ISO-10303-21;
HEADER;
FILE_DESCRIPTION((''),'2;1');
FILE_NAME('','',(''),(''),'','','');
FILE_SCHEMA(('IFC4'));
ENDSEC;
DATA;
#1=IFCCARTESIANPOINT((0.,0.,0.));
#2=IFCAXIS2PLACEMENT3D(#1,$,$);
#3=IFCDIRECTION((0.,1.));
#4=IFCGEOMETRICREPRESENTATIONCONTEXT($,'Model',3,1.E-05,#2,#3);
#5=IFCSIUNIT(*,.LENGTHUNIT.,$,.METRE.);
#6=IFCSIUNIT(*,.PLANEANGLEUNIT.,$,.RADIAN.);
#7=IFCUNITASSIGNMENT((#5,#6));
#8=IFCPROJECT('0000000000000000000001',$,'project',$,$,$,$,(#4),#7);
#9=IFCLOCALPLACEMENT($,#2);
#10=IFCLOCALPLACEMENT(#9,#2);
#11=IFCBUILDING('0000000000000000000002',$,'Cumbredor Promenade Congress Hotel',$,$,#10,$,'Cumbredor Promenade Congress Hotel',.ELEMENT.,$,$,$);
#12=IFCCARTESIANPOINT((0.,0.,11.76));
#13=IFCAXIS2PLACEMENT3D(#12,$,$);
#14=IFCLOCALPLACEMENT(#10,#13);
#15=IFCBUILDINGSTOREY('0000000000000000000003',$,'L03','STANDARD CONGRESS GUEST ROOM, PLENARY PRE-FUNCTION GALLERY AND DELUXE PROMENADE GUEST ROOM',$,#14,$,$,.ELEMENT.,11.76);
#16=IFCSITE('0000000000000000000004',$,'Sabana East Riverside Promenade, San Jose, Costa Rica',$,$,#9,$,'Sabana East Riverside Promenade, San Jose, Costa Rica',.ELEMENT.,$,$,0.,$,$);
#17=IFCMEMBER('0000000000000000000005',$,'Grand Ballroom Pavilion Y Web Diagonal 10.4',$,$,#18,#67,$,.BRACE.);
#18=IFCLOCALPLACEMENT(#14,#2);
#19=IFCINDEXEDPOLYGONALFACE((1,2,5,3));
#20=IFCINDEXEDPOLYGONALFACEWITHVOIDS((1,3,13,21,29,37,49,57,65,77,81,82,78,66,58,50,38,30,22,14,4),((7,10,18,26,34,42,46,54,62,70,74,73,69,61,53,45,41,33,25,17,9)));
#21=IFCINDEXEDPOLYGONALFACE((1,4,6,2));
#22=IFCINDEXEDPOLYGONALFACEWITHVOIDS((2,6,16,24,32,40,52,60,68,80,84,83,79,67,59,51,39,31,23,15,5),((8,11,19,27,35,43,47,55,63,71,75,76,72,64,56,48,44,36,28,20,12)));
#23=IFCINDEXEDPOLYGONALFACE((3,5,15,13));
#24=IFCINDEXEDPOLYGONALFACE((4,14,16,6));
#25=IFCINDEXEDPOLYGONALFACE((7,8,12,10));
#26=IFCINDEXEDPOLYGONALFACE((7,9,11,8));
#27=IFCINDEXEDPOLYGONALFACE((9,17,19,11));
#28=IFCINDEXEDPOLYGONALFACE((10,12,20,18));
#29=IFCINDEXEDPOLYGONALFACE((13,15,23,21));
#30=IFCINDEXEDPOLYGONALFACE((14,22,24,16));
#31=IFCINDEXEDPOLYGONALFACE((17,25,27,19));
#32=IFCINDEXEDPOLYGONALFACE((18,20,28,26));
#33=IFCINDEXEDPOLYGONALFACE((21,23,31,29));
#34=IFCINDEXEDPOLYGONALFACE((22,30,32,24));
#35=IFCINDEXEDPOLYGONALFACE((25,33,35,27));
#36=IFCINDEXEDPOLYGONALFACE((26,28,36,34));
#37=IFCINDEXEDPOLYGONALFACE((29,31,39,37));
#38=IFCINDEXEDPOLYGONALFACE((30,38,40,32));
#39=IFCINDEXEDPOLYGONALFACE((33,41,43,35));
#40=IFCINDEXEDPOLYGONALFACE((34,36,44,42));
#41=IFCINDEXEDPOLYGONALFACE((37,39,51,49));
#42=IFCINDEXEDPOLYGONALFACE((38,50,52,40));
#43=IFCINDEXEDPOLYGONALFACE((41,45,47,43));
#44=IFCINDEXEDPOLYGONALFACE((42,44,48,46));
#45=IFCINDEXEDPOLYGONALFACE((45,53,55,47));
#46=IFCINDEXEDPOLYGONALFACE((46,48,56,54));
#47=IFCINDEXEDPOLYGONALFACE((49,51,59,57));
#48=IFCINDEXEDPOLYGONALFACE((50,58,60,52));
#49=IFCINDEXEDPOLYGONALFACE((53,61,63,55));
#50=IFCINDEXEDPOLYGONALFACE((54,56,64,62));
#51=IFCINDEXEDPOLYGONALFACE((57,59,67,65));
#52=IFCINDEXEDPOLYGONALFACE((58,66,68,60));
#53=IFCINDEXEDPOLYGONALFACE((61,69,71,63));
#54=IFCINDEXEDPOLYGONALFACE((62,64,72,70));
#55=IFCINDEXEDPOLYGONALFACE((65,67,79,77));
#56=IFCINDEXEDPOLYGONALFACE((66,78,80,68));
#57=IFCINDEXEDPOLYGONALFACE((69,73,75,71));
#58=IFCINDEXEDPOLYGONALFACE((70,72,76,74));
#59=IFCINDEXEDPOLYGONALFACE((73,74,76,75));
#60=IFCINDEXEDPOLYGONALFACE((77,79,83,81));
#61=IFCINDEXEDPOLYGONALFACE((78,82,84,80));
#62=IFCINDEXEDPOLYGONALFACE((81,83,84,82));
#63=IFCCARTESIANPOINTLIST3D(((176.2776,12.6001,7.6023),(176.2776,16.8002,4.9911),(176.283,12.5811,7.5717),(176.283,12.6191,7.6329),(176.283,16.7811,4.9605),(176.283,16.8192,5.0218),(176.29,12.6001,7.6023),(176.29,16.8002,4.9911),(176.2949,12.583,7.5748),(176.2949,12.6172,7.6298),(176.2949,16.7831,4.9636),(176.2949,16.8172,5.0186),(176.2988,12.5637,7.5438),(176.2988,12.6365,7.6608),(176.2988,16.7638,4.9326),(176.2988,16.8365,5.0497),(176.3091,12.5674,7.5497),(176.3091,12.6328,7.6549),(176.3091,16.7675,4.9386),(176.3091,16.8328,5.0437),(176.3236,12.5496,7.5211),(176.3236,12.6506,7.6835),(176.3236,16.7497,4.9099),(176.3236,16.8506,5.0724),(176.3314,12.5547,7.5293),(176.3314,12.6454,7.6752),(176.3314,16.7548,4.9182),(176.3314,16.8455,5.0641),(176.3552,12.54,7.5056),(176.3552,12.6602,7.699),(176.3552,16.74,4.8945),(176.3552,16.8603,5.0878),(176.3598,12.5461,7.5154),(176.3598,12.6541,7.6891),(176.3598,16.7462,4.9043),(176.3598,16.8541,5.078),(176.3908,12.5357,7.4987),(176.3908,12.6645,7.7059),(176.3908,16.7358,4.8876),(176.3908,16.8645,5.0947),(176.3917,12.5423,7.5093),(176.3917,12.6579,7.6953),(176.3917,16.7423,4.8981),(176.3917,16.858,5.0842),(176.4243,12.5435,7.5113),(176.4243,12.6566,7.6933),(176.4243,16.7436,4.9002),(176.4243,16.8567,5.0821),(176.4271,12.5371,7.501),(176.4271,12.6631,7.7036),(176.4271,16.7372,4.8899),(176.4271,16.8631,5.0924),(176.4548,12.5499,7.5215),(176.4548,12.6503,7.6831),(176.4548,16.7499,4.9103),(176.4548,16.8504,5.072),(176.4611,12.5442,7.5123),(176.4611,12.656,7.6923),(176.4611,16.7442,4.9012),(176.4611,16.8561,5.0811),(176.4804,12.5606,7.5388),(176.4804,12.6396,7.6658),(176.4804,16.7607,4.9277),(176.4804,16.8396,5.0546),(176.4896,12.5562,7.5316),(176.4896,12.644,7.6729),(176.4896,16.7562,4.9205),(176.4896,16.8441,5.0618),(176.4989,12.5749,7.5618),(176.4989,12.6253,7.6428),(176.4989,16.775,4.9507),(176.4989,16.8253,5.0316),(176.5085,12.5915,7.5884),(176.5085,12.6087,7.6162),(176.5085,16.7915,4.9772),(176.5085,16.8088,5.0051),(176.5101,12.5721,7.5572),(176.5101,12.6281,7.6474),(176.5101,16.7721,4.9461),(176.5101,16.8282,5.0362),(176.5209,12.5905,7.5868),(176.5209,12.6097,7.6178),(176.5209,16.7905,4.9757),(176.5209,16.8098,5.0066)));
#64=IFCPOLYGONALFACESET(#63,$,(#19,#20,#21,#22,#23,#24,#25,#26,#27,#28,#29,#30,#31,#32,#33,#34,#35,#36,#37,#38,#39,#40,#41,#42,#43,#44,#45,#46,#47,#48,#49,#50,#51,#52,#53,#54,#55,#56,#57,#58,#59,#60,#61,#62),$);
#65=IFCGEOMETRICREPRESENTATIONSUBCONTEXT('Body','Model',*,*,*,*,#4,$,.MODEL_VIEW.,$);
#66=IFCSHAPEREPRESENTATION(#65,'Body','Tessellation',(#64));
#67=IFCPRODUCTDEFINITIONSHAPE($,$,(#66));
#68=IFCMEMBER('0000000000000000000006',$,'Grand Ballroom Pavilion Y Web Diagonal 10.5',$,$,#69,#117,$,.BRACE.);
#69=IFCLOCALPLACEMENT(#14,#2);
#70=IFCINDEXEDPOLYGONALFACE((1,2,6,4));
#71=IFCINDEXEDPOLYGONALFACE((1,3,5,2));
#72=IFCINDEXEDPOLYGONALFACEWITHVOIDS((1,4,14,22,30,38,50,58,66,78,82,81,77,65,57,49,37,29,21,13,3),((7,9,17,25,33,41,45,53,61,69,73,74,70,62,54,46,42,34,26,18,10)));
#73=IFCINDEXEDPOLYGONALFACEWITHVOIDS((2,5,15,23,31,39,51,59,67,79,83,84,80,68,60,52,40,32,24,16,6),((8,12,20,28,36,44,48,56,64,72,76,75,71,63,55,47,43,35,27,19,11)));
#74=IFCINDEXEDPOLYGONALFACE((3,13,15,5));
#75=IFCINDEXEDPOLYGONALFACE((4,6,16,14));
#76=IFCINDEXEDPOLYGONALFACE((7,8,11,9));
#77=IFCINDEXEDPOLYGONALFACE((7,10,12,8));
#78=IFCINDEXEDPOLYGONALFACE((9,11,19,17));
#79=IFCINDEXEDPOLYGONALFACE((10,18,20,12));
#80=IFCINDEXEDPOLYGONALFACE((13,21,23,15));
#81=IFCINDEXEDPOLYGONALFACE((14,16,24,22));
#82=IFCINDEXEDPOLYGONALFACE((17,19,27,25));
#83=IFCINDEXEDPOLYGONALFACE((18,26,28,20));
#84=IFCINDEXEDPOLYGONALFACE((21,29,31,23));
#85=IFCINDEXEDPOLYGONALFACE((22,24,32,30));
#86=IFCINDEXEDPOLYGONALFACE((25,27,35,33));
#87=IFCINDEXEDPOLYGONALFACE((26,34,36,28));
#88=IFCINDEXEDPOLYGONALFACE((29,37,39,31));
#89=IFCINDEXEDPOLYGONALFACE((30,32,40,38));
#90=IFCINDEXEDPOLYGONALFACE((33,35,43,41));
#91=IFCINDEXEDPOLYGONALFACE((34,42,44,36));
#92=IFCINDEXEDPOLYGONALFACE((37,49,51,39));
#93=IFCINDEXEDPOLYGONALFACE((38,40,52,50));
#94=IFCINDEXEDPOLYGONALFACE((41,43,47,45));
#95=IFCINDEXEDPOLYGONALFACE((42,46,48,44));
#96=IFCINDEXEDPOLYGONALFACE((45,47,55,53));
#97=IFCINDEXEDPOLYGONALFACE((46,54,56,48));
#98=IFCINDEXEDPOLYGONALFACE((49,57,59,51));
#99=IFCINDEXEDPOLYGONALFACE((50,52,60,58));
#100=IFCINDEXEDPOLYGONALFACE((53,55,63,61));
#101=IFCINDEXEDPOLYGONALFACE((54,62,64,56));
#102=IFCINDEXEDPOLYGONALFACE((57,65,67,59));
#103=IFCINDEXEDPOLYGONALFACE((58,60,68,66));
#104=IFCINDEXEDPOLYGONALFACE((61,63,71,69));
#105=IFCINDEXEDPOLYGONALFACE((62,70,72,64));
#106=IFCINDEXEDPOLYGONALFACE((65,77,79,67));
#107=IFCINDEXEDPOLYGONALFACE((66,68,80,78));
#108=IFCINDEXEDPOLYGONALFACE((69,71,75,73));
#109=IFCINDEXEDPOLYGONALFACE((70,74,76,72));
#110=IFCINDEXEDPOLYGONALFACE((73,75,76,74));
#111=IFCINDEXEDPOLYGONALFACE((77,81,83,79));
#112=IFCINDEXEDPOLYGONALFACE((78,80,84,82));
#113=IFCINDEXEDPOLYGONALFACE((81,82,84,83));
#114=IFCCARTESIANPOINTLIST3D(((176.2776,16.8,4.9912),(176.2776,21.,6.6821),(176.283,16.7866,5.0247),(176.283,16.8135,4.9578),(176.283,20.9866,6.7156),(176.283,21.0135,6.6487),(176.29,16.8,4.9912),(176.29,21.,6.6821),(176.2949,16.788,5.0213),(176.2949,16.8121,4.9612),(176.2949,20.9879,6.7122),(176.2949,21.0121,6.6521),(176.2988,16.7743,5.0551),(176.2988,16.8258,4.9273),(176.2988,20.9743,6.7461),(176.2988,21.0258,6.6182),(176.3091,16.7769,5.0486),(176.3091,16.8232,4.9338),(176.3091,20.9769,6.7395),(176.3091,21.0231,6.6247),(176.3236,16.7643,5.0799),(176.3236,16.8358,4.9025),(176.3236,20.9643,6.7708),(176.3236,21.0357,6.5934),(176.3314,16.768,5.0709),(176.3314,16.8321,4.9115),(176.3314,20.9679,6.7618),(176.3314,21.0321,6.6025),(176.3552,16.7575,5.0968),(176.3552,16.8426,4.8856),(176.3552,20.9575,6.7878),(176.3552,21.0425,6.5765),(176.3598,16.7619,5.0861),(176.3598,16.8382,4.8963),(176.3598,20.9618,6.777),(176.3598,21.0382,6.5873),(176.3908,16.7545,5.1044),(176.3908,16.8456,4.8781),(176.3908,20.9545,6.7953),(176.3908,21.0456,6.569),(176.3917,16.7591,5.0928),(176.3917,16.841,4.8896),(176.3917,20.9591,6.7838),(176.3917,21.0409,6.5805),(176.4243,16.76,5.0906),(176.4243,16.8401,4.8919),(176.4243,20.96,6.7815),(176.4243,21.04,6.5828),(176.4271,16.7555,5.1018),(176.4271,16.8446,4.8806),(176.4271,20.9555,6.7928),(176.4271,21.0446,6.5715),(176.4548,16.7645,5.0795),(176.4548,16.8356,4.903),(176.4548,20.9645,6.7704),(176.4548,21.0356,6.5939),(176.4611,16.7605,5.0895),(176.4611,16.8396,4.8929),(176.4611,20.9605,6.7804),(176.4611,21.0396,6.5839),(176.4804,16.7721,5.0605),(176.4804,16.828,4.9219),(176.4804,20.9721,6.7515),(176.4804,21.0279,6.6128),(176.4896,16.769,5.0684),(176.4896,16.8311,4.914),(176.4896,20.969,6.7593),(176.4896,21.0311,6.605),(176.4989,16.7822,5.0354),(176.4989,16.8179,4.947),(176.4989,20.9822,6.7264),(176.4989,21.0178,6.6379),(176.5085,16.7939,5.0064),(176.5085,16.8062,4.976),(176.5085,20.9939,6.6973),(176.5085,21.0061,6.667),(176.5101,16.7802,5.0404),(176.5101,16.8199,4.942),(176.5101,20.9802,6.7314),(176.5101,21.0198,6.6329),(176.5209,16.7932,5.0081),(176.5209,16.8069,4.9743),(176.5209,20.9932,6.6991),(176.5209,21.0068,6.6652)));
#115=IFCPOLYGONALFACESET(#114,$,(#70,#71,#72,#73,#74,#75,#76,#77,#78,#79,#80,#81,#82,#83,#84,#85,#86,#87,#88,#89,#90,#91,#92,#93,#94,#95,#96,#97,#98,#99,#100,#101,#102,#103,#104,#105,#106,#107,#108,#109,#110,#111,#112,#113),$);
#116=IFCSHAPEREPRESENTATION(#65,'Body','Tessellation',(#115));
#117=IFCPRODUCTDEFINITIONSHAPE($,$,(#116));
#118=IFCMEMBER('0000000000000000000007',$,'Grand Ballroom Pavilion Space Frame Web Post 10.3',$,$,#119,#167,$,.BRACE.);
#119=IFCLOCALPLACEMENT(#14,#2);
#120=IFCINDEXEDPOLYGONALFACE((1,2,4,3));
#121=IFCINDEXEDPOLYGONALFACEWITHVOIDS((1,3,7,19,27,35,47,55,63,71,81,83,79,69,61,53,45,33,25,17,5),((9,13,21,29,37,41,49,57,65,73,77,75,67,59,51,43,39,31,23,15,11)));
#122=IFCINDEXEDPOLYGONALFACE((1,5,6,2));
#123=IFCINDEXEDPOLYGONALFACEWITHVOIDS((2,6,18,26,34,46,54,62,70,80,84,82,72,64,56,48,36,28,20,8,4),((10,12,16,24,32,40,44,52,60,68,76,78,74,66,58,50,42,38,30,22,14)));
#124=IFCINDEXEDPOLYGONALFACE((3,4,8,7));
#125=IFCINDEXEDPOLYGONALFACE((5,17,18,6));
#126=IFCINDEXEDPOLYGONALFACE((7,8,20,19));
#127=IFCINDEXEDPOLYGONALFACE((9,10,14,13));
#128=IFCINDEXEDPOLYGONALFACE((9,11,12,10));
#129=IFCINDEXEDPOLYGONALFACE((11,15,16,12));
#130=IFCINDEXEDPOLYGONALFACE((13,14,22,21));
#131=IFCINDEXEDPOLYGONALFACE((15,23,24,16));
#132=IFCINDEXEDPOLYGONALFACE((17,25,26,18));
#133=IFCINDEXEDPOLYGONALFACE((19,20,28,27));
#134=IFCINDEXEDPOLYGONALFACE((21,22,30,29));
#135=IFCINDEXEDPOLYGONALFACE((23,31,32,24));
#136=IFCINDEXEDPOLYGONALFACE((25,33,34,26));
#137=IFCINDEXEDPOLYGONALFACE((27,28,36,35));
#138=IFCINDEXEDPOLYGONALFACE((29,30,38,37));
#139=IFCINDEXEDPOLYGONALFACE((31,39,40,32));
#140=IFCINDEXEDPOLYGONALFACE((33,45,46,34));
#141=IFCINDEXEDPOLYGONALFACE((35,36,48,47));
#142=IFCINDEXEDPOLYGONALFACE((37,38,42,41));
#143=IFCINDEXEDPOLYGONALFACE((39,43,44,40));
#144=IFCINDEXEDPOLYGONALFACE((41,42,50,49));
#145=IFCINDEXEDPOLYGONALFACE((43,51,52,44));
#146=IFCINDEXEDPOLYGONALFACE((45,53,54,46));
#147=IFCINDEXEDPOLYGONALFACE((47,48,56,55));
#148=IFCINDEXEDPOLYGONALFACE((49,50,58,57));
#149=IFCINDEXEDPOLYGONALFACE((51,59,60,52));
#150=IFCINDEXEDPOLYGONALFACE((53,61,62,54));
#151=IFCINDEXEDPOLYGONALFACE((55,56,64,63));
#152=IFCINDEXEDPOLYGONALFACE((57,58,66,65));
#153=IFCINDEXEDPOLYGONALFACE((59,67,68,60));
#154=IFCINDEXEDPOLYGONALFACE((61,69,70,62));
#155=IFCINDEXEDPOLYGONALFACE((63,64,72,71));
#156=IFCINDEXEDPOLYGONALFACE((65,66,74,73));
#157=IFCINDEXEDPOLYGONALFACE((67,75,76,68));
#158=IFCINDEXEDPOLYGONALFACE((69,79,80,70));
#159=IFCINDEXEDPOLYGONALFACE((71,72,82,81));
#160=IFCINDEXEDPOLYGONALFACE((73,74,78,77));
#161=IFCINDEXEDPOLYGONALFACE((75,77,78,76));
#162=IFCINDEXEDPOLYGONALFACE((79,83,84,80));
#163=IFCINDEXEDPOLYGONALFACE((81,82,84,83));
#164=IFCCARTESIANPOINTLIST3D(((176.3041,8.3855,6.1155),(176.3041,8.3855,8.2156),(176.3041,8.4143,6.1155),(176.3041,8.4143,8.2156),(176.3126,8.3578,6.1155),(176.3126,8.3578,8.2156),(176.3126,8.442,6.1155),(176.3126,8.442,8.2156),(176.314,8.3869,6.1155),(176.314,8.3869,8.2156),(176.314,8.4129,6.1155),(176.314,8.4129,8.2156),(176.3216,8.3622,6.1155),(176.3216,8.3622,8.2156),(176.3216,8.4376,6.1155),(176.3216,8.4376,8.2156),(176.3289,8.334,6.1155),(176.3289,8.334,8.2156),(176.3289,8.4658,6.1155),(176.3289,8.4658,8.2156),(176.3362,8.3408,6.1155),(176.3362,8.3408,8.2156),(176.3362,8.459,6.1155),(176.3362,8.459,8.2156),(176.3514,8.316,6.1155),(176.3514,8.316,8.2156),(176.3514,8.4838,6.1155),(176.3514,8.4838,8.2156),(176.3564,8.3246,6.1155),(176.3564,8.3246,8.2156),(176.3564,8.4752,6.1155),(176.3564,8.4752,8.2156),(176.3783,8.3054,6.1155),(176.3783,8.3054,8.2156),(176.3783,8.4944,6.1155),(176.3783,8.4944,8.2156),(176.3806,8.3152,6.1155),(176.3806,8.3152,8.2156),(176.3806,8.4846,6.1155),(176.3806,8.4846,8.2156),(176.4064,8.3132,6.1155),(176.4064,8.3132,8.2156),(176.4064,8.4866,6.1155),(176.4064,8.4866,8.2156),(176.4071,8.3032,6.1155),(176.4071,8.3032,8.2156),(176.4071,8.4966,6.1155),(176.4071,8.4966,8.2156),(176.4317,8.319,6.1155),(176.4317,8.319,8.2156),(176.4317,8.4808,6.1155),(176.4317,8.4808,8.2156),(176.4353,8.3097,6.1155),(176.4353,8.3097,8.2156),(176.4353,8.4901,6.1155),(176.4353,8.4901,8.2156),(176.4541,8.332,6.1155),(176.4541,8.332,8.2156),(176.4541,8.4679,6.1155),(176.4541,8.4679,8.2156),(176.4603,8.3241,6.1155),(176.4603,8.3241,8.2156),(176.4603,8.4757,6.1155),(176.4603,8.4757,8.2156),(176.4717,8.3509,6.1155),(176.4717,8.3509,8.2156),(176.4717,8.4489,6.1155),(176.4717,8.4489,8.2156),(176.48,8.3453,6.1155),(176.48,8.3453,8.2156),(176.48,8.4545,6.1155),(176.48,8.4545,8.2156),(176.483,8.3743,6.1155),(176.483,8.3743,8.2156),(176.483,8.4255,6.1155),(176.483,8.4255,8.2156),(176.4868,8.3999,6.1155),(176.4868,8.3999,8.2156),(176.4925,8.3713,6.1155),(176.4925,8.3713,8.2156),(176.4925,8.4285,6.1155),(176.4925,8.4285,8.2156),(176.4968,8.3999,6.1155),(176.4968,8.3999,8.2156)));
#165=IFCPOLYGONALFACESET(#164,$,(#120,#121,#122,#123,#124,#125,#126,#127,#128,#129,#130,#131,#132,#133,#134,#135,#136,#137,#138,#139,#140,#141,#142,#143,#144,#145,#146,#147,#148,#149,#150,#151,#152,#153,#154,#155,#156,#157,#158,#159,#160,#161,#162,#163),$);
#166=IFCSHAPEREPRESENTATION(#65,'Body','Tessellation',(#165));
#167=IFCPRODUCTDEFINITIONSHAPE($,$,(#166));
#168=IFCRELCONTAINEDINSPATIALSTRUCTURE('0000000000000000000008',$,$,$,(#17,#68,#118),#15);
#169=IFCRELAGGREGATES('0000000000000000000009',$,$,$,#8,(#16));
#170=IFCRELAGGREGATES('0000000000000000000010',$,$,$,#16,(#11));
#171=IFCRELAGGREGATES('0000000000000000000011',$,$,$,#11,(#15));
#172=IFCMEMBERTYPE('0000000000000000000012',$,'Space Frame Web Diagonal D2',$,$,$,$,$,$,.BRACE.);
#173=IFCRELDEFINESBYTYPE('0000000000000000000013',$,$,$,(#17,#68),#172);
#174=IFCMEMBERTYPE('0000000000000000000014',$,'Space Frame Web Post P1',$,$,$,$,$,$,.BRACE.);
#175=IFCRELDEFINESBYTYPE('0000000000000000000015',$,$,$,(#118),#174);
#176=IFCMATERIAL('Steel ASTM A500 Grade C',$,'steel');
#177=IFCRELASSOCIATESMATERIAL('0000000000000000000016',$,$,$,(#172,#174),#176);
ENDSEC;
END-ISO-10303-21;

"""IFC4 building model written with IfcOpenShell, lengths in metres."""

from ifc_helpers import new_model, si_unit, direction, frame, origin, origin_2d, place, context, subcontext, project, spatial, hollow_circle, extrude, material, material_profile, profile_set, type_object, element, save


model = new_model("IFC4")

# Units and contexts
model_context = context("Model", 3, precision=1e-05, world=origin(), true_north=direction((0.0, 1.0)))
body_context = subcontext(model_context, "Body", "Model", "MODEL_VIEW")
ifc_project = project(units=[si_unit("LENGTHUNIT", "METRE"), si_unit("PLANEANGLEUNIT", "RADIAN")], contexts=[model_context])

# Site, building, storey
site_placement = place(None, origin())
site = spatial("IfcSite", under=ifc_project, at=site_placement, Name="Sabana East Riverside Promenade, San Jose, Costa Rica", LongName="Sabana East Riverside Promenade, San Jose, Costa Rica", CompositionType="ELEMENT", RefElevation=0.0)
building_placement = place(site_placement, origin())
building = spatial("IfcBuilding", under=site, at=building_placement, Name="Cumbredor Promenade Congress Hotel", LongName="Cumbredor Promenade Congress Hotel", CompositionType="ELEMENT")
storey_placement = place(building_placement, frame((0.0, 0.0, 11.76)))
storey = spatial("IfcBuildingStorey", under=building, at=storey_placement, Name="L03", Description="STANDARD CONGRESS GUEST ROOM, PLENARY PRE-FUNCTION GALLERY AND DELUXE PROMENADE GUEST ROOM", CompositionType="ELEMENT", Elevation=11.76)

# Shared definitions
ifc_material_1 = material(Name="Steel ASTM A500 Grade C", Category="steel")

# Members
ifc_material_profile_1 = material_profile(ifc_material_1, hollow_circle(Radius=0.1223, WallThickness=0.0125, at=origin_2d()), Name="CHS 244.5x12.5")
ifc_profile_set_1 = profile_set([ifc_material_profile_1], Name="Steel ASTM A500 Grade C")
member_type_1 = type_object("IfcMemberType", Name="Space Frame Web Diagonal D2", PredefinedType="BRACE", material=ifc_profile_set_1)
member_1_placement = place(storey_placement, frame((176.3999, 12.6001, 7.6023), z_axis=(0.0, 0.849258, -0.527978), x_axis=(-1.0, 0.0, 0.0)))
element("IfcMember", 1, at=member_1_placement, inside=storey, type_object=member_type_1, Name="Grand Ballroom Pavilion Y Web Diagonal 10.4", PredefinedType="BRACE", context=body_context, shape_type="SweptSolid", body=[
    extrude(hollow_circle(Radius=0.1223, WallThickness=0.0125, at=origin_2d()), origin(), (0.0, 0.0, 1.0), 4.9456),
])
member_2_placement = place(storey_placement, frame((176.3999, 16.8, 4.9912), z_axis=(0.0, 0.927641, 0.373472), x_axis=(-1.0, 0.0, 0.0)))
element("IfcMember", 2, at=member_2_placement, inside=storey, type_object=member_type_1, Name="Grand Ballroom Pavilion Y Web Diagonal 10.5", PredefinedType="BRACE", context=body_context, shape_type="SweptSolid", body=[
    extrude(hollow_circle(Radius=0.1223, WallThickness=0.0125, at=origin_2d()), origin(), (0.0, 0.0, 1.0), 4.5276),
])
ifc_material_profile_2 = material_profile(ifc_material_1, hollow_circle(Radius=0.0969, WallThickness=0.01, at=origin_2d()), Name="CHS 193.7x10")
ifc_profile_set_2 = profile_set([ifc_material_profile_2], Name="Steel ASTM A500 Grade C")
member_type_2 = type_object("IfcMemberType", Name="Space Frame Web Post P1", PredefinedType="BRACE", material=ifc_profile_set_2)
for number, where, z_axis, x_axis, name in (
    (3, (176.3999, 8.3999, 6.1155), (0.0, 0.0, 1.0), (1.0, 0.0, 0.0), "Grand Ballroom Pavilion Space Frame Web Post 10.3"),
):
    element("IfcMember", number, at=place(storey_placement, frame(where, z_axis=z_axis, x_axis=x_axis)), inside=storey, type_object=member_type_2, Name=name, PredefinedType="BRACE", context=body_context, shape_type="SweptSolid", body=[
        extrude(hollow_circle(Radius=0.0969, WallThickness=0.01, at=origin_2d()), origin(), (0.0, 0.0, 1.0), 2.1001),
    ])

save(model, "model.ifc")
